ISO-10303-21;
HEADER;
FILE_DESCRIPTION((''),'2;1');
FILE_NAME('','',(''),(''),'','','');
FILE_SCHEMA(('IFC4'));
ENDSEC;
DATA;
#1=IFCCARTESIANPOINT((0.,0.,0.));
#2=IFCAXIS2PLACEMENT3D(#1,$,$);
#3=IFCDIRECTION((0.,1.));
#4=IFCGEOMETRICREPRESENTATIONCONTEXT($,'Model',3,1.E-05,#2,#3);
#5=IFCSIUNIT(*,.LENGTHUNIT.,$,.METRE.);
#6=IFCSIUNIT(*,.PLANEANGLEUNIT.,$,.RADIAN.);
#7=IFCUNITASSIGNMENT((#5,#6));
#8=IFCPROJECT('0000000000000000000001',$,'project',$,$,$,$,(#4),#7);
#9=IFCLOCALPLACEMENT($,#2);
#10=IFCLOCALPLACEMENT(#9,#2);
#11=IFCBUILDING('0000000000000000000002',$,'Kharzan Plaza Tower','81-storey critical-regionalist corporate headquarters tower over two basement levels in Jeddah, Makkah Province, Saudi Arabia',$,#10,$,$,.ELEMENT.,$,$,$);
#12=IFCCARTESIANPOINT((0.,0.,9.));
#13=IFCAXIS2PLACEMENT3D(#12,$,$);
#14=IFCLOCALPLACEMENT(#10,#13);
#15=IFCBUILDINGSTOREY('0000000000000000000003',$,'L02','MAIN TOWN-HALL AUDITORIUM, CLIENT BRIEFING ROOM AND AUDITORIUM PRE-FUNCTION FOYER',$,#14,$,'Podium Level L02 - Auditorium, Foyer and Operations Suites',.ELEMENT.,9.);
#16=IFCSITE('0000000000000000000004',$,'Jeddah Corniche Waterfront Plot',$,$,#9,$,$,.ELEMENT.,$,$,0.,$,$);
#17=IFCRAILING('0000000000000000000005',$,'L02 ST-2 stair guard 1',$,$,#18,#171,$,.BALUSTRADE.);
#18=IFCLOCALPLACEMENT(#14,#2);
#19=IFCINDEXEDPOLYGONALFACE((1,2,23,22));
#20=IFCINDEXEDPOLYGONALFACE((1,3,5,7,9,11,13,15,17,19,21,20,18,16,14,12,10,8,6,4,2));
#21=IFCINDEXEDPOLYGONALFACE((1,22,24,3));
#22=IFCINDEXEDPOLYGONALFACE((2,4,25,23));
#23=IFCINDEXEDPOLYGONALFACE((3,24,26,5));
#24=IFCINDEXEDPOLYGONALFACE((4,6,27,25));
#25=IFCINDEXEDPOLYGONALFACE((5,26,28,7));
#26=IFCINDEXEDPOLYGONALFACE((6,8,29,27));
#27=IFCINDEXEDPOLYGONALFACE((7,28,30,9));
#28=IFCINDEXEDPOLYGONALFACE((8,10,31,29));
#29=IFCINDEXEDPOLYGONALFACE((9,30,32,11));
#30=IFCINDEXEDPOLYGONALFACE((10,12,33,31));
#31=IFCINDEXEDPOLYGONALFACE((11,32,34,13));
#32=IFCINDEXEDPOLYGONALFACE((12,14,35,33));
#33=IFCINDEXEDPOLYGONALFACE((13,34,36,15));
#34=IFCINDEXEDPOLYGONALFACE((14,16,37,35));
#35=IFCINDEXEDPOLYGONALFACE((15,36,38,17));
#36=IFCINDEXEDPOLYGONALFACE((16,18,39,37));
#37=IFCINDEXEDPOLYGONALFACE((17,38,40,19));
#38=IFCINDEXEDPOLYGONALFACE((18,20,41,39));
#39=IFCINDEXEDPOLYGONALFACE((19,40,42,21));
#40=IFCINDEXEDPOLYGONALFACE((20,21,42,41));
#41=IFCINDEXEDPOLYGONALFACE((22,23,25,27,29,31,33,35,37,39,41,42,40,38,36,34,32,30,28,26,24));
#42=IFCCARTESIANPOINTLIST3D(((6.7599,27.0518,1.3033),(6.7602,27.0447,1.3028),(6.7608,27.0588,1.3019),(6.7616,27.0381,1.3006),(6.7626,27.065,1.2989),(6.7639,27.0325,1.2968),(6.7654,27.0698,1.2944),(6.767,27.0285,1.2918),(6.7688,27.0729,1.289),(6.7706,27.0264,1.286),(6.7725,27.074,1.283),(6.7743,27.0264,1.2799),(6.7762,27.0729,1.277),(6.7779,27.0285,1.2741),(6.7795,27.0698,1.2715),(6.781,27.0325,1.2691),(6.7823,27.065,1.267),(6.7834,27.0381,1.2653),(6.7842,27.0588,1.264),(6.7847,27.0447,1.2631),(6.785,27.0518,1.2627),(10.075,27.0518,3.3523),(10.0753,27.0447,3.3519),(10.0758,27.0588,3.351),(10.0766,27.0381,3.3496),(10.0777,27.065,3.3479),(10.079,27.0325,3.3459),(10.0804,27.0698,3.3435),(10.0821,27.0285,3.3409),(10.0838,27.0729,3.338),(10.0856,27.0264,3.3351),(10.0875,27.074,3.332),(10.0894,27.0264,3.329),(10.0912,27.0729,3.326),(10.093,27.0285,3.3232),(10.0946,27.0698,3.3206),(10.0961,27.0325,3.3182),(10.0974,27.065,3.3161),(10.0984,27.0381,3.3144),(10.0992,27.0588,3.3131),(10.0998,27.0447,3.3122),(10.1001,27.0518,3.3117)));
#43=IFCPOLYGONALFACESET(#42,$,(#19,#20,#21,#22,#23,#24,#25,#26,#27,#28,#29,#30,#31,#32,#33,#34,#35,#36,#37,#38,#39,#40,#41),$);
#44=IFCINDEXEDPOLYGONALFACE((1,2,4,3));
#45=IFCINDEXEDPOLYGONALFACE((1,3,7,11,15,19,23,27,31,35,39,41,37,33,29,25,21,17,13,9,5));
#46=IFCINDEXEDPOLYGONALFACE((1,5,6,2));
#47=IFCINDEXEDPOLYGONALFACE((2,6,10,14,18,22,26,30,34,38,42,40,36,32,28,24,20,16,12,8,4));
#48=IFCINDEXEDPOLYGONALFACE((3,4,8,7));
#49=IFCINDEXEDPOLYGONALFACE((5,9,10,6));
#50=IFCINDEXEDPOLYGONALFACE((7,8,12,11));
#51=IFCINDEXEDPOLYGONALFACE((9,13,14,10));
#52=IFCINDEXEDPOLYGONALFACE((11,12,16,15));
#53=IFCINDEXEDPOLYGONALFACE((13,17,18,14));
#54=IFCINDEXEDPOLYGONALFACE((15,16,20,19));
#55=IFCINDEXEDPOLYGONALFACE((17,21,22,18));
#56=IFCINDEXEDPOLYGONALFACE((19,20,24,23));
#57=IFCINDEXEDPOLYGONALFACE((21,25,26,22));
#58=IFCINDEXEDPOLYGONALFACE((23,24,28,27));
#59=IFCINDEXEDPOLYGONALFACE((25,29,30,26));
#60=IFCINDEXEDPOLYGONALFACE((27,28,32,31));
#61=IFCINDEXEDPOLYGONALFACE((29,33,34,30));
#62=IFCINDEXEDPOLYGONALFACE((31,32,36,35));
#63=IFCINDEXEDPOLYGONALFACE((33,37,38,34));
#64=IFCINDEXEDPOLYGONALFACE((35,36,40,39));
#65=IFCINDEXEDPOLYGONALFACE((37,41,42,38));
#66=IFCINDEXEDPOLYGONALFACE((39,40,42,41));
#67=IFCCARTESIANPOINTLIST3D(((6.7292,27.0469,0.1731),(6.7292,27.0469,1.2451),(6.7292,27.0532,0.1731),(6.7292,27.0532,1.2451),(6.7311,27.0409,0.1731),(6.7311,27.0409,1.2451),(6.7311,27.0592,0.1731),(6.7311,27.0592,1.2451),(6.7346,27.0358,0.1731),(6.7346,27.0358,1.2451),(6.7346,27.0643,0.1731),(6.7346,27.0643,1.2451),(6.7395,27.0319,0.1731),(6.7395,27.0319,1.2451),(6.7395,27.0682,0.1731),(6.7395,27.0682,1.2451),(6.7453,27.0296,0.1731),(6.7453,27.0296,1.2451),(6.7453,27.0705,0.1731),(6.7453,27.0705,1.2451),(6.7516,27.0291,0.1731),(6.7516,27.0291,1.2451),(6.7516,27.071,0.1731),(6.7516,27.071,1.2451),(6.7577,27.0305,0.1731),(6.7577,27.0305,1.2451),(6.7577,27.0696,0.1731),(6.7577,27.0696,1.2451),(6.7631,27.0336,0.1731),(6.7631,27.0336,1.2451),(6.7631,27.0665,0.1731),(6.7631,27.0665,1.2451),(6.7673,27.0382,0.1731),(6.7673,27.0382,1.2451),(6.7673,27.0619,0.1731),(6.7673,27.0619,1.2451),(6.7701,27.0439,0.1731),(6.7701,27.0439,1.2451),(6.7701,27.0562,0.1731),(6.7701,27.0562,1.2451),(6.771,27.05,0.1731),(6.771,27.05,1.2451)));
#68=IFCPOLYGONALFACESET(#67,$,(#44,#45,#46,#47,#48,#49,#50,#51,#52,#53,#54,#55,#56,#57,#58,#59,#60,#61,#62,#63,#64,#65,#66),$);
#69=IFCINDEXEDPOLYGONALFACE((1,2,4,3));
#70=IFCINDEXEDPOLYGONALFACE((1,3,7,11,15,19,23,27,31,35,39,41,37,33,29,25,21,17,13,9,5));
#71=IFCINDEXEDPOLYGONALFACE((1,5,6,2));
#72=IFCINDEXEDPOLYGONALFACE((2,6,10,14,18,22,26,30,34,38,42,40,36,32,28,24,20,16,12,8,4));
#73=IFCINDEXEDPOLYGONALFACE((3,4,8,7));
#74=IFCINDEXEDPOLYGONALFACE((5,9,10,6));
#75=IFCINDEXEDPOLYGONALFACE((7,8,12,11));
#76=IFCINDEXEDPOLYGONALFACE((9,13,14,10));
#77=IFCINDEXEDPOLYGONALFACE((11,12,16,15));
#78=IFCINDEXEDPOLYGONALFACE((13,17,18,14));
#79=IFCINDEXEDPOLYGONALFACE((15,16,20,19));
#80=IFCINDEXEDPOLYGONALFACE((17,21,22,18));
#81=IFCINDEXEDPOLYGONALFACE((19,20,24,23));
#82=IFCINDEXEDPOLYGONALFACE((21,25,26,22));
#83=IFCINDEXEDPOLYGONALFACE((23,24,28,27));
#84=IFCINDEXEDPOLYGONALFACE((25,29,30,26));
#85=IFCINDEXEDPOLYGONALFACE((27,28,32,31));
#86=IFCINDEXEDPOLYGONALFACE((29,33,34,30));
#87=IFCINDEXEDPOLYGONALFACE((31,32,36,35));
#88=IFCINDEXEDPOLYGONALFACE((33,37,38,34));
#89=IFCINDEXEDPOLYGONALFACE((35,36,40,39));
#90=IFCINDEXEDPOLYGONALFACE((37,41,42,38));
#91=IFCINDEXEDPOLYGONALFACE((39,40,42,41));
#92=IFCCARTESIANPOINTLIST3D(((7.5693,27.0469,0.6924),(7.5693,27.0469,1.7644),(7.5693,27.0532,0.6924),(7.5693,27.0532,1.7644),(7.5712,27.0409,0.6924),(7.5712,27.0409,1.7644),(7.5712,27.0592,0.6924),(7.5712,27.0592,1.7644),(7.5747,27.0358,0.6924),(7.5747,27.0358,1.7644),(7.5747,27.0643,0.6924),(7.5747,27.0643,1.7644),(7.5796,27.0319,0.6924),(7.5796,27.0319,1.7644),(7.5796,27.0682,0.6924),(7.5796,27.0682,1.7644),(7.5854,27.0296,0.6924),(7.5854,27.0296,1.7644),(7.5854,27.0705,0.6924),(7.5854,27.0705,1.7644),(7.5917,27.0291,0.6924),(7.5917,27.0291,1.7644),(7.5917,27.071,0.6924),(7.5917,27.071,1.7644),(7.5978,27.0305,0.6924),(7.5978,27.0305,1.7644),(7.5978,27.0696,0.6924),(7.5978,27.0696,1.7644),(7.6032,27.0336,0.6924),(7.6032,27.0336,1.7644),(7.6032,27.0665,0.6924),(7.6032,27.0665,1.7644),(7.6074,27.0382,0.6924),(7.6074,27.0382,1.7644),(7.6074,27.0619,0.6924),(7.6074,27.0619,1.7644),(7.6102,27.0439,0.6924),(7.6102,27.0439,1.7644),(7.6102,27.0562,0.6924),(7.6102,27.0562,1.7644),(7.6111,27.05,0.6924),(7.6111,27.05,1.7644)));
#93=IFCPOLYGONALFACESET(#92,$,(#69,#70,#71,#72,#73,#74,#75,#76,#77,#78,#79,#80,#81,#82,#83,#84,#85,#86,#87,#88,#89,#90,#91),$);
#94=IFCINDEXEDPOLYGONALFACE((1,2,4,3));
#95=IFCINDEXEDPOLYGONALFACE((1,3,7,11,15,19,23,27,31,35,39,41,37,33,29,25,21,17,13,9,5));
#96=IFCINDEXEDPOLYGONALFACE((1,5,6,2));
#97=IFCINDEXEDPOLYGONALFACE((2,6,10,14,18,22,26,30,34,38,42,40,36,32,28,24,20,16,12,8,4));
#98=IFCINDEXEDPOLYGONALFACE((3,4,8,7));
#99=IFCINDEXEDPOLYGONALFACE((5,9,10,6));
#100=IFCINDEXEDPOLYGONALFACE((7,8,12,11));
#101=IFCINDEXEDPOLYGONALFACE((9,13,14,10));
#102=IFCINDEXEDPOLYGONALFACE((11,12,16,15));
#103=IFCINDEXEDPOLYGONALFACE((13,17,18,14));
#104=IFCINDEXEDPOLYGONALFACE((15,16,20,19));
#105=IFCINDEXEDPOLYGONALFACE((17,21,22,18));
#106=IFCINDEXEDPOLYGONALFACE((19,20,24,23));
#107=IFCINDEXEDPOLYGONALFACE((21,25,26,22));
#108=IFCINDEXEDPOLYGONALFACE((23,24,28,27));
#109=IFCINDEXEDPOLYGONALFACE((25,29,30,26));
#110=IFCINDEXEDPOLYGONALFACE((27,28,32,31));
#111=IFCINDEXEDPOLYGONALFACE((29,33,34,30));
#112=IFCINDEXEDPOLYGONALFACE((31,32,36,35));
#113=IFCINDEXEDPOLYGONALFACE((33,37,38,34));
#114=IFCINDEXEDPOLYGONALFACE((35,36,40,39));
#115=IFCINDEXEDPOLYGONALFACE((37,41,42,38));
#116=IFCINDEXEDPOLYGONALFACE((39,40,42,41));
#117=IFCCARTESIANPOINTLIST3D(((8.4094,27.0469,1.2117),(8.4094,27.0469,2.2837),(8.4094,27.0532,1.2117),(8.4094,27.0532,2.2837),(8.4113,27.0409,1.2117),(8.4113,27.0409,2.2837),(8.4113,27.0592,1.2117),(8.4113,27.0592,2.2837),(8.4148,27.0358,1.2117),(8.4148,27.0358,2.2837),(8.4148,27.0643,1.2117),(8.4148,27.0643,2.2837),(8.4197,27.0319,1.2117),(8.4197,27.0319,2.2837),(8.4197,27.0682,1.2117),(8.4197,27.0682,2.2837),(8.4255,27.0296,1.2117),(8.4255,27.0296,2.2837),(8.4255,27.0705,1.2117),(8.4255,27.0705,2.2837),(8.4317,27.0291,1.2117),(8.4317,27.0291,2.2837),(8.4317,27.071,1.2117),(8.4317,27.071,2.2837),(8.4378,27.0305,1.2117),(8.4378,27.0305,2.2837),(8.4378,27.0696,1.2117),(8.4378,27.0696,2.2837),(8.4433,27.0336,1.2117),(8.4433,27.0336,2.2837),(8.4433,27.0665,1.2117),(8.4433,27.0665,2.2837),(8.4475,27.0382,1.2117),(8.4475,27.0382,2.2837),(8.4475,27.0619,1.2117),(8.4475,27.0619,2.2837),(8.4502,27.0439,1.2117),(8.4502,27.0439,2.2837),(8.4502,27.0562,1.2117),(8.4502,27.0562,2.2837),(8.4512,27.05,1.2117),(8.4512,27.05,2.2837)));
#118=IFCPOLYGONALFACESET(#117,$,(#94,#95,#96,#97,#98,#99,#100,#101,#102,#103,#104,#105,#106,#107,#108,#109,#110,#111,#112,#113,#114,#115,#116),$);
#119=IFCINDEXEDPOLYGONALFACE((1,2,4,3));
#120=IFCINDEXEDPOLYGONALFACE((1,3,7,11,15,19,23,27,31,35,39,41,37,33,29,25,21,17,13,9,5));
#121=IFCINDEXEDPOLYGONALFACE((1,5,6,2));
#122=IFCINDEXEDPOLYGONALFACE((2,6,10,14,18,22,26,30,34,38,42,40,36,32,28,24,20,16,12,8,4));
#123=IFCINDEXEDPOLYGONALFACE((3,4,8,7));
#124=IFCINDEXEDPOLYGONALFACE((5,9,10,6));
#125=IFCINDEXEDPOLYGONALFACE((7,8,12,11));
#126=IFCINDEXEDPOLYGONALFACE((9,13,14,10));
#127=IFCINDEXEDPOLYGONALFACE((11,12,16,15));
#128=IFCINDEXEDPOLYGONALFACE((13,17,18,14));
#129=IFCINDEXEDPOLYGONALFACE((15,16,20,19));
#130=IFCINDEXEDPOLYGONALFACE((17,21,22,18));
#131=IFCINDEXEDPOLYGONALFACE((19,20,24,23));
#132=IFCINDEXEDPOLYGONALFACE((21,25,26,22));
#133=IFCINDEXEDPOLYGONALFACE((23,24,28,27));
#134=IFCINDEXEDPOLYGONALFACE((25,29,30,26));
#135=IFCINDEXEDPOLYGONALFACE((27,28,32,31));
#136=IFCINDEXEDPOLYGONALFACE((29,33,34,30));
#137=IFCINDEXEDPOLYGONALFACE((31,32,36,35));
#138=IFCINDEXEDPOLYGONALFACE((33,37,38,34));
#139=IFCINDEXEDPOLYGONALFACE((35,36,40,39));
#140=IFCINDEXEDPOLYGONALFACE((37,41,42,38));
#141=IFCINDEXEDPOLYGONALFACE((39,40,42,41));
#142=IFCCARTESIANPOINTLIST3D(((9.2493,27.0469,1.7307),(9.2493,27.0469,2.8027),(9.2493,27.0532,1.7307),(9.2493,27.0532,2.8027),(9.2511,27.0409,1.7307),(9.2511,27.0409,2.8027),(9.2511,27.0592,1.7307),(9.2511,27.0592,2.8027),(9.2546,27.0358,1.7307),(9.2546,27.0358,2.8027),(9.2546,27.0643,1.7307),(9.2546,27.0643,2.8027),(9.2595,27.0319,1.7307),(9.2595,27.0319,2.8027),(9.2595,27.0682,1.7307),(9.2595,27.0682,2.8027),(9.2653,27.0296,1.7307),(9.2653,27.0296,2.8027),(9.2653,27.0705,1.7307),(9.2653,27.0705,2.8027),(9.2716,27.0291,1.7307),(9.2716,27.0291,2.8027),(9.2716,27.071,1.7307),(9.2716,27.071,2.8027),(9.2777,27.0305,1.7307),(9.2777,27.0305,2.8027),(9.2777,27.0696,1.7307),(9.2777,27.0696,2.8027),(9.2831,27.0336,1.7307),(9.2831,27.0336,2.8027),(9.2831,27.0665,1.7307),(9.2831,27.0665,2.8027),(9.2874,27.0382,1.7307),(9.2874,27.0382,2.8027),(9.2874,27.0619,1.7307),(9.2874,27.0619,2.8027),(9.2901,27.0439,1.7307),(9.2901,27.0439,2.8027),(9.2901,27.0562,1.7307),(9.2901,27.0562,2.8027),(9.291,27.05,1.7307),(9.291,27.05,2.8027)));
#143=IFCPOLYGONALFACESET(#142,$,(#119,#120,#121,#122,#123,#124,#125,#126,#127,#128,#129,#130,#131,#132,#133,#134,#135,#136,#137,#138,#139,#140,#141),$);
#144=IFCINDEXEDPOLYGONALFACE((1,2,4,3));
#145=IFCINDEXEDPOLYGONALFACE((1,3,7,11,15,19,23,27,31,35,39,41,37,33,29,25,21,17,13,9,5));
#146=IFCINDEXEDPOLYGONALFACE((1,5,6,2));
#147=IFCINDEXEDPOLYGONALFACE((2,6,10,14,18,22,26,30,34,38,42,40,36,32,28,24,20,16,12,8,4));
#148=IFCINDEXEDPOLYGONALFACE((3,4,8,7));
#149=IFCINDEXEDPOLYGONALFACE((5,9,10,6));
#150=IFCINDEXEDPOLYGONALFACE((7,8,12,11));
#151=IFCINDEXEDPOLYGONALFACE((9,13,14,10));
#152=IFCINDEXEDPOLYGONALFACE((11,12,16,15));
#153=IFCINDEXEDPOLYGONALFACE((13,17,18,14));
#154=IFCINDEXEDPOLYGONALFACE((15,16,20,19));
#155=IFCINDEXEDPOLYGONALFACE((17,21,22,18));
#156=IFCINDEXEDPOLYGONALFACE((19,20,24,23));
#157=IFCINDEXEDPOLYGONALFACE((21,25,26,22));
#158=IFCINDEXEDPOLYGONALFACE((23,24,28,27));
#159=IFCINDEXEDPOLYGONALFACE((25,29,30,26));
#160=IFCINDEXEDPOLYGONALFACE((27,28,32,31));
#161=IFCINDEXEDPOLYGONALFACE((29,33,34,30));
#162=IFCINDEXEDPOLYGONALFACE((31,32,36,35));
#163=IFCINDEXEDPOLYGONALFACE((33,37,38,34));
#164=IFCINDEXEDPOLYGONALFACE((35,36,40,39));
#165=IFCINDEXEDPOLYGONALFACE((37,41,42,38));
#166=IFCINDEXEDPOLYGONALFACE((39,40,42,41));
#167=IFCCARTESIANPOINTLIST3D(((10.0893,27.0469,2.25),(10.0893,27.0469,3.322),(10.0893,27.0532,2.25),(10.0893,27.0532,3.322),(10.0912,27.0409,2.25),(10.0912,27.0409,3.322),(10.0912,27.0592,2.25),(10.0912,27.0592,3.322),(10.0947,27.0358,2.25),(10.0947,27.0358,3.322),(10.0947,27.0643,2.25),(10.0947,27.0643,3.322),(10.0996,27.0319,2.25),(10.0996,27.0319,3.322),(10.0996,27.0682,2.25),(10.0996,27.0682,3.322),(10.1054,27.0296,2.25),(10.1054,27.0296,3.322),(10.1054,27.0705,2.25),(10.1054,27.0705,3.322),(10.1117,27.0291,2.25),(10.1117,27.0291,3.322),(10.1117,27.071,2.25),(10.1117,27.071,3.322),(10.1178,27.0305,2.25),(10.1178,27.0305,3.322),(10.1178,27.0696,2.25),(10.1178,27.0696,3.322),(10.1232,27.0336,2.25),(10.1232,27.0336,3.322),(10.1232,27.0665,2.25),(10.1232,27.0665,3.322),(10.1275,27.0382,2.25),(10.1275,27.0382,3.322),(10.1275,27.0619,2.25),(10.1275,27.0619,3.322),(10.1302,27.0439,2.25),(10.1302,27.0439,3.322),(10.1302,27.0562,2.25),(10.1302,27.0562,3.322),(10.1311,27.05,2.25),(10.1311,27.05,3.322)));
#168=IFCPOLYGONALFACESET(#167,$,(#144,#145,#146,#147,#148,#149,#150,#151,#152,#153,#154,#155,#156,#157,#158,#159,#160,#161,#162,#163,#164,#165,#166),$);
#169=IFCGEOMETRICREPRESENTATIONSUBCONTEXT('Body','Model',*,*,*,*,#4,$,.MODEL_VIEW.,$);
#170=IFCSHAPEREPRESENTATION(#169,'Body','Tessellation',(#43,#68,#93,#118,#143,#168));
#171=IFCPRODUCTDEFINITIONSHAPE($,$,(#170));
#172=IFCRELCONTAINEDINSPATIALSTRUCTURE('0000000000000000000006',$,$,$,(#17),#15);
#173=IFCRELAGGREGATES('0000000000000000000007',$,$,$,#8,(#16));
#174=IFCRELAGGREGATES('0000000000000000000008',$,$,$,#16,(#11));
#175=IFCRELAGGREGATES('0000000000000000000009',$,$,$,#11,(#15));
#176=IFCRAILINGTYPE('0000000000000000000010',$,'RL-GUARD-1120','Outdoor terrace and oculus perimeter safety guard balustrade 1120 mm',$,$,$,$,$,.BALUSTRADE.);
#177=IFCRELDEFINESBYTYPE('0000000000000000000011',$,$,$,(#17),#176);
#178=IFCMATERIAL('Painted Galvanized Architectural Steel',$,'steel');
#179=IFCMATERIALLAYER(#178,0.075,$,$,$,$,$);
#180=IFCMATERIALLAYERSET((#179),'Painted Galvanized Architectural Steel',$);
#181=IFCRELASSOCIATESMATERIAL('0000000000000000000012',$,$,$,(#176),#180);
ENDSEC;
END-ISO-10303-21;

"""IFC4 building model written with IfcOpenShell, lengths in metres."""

from ifc_helpers import new_model, si_unit, direction, frame, origin, origin_2d, place, context, subcontext, project, spatial, circle, extrude, source, transform, mapped, material, layer, layer_set, type_object, element, save


model = new_model("IFC4")

# Units and contexts
model_context = context("Model", 3, precision=1e-05, world=origin(), true_north=direction((0.0, 1.0)))
body_context = subcontext(model_context, "Body", "Model", "MODEL_VIEW")
ifc_project = project(units=[si_unit("LENGTHUNIT", "METRE"), si_unit("PLANEANGLEUNIT", "RADIAN")], contexts=[model_context])

# Site, building, storey
site_placement = place(None, origin())
site = spatial("IfcSite", under=ifc_project, at=site_placement, Name="Jeddah Corniche Waterfront Plot", CompositionType="ELEMENT", RefElevation=0.0)
building_placement = place(site_placement, origin())
building = spatial("IfcBuilding", under=site, at=building_placement, Name="Kharzan Plaza Tower", Description="81-storey critical-regionalist corporate headquarters tower over two basement levels in Jeddah, Makkah Province, Saudi Arabia", CompositionType="ELEMENT")
storey_placement = place(building_placement, frame((0.0, 0.0, 9.0)))
storey = spatial("IfcBuildingStorey", under=building, at=storey_placement, Name="L02", Description="MAIN TOWN-HALL AUDITORIUM, CLIENT BRIEFING ROOM AND AUDITORIUM PRE-FUNCTION FOYER", LongName="Podium Level L02 - Auditorium, Foyer and Operations Suites", CompositionType="ELEMENT", Elevation=9.0)

# Railing
ifc_material_1 = material(Name="Painted Galvanized Architectural Steel", Category="steel")
ifc_layer_1 = layer(ifc_material_1, 0.075)
ifc_layer_set_1 = layer_set([ifc_layer_1], Name="Painted Galvanized Architectural Steel")
railing_type_1 = type_object("IfcRailingType", Name="RL-GUARD-1120", Description="Outdoor terrace and oculus perimeter safety guard balustrade 1120 mm", PredefinedType="BALUSTRADE", material=ifc_layer_set_1)
shared_shape_1 = source(origin(), body_context, "Body", "SweptSolid", [
    extrude(circle(Radius=0.0239, at=origin_2d()), frame((0.0225, 0.0, 1.1099), z_axis=(0.850623, 0.0, 0.525776), x_axis=(0.0, 1.0, 0.0)), (0.0, 0.0, 1.0), 3.8972),
    extrude(circle(Radius=0.021, at=origin_2d()), origin(), (0.0, 0.0, 1.0), 1.072),
    extrude(circle(Radius=0.021, at=origin_2d()), frame((0.8401, 0.0, 0.5193)), (0.0, 0.0, 1.0), 1.072),
    extrude(circle(Radius=0.021, at=origin_2d()), frame((1.6802, 0.0, 1.0386)), (0.0, 0.0, 1.0), 1.072),
    extrude(circle(Radius=0.021, at=origin_2d()), frame((2.52, 0.0, 1.5576)), (0.0, 0.0, 1.0), 1.072),
    extrude(circle(Radius=0.021, at=origin_2d()), frame((3.3601, 0.0, 2.0769)), (0.0, 0.0, 1.0), 1.072),
])
railing_1_placement = place(storey_placement, frame((6.75, 27.05, 0.1731)))
element("IfcRailing", 1, at=railing_1_placement, inside=storey, type_object=railing_type_1, Name="L02 ST-2 stair guard 1", PredefinedType="BALUSTRADE", context=body_context, shape_type="MappedRepresentation", body=[
    mapped(shared_shape_1, transform((0.0, 0.0, 0.0), x_axis=(1.0, 0.0, 0.0), y_axis=(0.0, 1.0, 0.0), z_axis=(0.0, 0.0, 1.0))),
])

save(model, "model.ifc")
